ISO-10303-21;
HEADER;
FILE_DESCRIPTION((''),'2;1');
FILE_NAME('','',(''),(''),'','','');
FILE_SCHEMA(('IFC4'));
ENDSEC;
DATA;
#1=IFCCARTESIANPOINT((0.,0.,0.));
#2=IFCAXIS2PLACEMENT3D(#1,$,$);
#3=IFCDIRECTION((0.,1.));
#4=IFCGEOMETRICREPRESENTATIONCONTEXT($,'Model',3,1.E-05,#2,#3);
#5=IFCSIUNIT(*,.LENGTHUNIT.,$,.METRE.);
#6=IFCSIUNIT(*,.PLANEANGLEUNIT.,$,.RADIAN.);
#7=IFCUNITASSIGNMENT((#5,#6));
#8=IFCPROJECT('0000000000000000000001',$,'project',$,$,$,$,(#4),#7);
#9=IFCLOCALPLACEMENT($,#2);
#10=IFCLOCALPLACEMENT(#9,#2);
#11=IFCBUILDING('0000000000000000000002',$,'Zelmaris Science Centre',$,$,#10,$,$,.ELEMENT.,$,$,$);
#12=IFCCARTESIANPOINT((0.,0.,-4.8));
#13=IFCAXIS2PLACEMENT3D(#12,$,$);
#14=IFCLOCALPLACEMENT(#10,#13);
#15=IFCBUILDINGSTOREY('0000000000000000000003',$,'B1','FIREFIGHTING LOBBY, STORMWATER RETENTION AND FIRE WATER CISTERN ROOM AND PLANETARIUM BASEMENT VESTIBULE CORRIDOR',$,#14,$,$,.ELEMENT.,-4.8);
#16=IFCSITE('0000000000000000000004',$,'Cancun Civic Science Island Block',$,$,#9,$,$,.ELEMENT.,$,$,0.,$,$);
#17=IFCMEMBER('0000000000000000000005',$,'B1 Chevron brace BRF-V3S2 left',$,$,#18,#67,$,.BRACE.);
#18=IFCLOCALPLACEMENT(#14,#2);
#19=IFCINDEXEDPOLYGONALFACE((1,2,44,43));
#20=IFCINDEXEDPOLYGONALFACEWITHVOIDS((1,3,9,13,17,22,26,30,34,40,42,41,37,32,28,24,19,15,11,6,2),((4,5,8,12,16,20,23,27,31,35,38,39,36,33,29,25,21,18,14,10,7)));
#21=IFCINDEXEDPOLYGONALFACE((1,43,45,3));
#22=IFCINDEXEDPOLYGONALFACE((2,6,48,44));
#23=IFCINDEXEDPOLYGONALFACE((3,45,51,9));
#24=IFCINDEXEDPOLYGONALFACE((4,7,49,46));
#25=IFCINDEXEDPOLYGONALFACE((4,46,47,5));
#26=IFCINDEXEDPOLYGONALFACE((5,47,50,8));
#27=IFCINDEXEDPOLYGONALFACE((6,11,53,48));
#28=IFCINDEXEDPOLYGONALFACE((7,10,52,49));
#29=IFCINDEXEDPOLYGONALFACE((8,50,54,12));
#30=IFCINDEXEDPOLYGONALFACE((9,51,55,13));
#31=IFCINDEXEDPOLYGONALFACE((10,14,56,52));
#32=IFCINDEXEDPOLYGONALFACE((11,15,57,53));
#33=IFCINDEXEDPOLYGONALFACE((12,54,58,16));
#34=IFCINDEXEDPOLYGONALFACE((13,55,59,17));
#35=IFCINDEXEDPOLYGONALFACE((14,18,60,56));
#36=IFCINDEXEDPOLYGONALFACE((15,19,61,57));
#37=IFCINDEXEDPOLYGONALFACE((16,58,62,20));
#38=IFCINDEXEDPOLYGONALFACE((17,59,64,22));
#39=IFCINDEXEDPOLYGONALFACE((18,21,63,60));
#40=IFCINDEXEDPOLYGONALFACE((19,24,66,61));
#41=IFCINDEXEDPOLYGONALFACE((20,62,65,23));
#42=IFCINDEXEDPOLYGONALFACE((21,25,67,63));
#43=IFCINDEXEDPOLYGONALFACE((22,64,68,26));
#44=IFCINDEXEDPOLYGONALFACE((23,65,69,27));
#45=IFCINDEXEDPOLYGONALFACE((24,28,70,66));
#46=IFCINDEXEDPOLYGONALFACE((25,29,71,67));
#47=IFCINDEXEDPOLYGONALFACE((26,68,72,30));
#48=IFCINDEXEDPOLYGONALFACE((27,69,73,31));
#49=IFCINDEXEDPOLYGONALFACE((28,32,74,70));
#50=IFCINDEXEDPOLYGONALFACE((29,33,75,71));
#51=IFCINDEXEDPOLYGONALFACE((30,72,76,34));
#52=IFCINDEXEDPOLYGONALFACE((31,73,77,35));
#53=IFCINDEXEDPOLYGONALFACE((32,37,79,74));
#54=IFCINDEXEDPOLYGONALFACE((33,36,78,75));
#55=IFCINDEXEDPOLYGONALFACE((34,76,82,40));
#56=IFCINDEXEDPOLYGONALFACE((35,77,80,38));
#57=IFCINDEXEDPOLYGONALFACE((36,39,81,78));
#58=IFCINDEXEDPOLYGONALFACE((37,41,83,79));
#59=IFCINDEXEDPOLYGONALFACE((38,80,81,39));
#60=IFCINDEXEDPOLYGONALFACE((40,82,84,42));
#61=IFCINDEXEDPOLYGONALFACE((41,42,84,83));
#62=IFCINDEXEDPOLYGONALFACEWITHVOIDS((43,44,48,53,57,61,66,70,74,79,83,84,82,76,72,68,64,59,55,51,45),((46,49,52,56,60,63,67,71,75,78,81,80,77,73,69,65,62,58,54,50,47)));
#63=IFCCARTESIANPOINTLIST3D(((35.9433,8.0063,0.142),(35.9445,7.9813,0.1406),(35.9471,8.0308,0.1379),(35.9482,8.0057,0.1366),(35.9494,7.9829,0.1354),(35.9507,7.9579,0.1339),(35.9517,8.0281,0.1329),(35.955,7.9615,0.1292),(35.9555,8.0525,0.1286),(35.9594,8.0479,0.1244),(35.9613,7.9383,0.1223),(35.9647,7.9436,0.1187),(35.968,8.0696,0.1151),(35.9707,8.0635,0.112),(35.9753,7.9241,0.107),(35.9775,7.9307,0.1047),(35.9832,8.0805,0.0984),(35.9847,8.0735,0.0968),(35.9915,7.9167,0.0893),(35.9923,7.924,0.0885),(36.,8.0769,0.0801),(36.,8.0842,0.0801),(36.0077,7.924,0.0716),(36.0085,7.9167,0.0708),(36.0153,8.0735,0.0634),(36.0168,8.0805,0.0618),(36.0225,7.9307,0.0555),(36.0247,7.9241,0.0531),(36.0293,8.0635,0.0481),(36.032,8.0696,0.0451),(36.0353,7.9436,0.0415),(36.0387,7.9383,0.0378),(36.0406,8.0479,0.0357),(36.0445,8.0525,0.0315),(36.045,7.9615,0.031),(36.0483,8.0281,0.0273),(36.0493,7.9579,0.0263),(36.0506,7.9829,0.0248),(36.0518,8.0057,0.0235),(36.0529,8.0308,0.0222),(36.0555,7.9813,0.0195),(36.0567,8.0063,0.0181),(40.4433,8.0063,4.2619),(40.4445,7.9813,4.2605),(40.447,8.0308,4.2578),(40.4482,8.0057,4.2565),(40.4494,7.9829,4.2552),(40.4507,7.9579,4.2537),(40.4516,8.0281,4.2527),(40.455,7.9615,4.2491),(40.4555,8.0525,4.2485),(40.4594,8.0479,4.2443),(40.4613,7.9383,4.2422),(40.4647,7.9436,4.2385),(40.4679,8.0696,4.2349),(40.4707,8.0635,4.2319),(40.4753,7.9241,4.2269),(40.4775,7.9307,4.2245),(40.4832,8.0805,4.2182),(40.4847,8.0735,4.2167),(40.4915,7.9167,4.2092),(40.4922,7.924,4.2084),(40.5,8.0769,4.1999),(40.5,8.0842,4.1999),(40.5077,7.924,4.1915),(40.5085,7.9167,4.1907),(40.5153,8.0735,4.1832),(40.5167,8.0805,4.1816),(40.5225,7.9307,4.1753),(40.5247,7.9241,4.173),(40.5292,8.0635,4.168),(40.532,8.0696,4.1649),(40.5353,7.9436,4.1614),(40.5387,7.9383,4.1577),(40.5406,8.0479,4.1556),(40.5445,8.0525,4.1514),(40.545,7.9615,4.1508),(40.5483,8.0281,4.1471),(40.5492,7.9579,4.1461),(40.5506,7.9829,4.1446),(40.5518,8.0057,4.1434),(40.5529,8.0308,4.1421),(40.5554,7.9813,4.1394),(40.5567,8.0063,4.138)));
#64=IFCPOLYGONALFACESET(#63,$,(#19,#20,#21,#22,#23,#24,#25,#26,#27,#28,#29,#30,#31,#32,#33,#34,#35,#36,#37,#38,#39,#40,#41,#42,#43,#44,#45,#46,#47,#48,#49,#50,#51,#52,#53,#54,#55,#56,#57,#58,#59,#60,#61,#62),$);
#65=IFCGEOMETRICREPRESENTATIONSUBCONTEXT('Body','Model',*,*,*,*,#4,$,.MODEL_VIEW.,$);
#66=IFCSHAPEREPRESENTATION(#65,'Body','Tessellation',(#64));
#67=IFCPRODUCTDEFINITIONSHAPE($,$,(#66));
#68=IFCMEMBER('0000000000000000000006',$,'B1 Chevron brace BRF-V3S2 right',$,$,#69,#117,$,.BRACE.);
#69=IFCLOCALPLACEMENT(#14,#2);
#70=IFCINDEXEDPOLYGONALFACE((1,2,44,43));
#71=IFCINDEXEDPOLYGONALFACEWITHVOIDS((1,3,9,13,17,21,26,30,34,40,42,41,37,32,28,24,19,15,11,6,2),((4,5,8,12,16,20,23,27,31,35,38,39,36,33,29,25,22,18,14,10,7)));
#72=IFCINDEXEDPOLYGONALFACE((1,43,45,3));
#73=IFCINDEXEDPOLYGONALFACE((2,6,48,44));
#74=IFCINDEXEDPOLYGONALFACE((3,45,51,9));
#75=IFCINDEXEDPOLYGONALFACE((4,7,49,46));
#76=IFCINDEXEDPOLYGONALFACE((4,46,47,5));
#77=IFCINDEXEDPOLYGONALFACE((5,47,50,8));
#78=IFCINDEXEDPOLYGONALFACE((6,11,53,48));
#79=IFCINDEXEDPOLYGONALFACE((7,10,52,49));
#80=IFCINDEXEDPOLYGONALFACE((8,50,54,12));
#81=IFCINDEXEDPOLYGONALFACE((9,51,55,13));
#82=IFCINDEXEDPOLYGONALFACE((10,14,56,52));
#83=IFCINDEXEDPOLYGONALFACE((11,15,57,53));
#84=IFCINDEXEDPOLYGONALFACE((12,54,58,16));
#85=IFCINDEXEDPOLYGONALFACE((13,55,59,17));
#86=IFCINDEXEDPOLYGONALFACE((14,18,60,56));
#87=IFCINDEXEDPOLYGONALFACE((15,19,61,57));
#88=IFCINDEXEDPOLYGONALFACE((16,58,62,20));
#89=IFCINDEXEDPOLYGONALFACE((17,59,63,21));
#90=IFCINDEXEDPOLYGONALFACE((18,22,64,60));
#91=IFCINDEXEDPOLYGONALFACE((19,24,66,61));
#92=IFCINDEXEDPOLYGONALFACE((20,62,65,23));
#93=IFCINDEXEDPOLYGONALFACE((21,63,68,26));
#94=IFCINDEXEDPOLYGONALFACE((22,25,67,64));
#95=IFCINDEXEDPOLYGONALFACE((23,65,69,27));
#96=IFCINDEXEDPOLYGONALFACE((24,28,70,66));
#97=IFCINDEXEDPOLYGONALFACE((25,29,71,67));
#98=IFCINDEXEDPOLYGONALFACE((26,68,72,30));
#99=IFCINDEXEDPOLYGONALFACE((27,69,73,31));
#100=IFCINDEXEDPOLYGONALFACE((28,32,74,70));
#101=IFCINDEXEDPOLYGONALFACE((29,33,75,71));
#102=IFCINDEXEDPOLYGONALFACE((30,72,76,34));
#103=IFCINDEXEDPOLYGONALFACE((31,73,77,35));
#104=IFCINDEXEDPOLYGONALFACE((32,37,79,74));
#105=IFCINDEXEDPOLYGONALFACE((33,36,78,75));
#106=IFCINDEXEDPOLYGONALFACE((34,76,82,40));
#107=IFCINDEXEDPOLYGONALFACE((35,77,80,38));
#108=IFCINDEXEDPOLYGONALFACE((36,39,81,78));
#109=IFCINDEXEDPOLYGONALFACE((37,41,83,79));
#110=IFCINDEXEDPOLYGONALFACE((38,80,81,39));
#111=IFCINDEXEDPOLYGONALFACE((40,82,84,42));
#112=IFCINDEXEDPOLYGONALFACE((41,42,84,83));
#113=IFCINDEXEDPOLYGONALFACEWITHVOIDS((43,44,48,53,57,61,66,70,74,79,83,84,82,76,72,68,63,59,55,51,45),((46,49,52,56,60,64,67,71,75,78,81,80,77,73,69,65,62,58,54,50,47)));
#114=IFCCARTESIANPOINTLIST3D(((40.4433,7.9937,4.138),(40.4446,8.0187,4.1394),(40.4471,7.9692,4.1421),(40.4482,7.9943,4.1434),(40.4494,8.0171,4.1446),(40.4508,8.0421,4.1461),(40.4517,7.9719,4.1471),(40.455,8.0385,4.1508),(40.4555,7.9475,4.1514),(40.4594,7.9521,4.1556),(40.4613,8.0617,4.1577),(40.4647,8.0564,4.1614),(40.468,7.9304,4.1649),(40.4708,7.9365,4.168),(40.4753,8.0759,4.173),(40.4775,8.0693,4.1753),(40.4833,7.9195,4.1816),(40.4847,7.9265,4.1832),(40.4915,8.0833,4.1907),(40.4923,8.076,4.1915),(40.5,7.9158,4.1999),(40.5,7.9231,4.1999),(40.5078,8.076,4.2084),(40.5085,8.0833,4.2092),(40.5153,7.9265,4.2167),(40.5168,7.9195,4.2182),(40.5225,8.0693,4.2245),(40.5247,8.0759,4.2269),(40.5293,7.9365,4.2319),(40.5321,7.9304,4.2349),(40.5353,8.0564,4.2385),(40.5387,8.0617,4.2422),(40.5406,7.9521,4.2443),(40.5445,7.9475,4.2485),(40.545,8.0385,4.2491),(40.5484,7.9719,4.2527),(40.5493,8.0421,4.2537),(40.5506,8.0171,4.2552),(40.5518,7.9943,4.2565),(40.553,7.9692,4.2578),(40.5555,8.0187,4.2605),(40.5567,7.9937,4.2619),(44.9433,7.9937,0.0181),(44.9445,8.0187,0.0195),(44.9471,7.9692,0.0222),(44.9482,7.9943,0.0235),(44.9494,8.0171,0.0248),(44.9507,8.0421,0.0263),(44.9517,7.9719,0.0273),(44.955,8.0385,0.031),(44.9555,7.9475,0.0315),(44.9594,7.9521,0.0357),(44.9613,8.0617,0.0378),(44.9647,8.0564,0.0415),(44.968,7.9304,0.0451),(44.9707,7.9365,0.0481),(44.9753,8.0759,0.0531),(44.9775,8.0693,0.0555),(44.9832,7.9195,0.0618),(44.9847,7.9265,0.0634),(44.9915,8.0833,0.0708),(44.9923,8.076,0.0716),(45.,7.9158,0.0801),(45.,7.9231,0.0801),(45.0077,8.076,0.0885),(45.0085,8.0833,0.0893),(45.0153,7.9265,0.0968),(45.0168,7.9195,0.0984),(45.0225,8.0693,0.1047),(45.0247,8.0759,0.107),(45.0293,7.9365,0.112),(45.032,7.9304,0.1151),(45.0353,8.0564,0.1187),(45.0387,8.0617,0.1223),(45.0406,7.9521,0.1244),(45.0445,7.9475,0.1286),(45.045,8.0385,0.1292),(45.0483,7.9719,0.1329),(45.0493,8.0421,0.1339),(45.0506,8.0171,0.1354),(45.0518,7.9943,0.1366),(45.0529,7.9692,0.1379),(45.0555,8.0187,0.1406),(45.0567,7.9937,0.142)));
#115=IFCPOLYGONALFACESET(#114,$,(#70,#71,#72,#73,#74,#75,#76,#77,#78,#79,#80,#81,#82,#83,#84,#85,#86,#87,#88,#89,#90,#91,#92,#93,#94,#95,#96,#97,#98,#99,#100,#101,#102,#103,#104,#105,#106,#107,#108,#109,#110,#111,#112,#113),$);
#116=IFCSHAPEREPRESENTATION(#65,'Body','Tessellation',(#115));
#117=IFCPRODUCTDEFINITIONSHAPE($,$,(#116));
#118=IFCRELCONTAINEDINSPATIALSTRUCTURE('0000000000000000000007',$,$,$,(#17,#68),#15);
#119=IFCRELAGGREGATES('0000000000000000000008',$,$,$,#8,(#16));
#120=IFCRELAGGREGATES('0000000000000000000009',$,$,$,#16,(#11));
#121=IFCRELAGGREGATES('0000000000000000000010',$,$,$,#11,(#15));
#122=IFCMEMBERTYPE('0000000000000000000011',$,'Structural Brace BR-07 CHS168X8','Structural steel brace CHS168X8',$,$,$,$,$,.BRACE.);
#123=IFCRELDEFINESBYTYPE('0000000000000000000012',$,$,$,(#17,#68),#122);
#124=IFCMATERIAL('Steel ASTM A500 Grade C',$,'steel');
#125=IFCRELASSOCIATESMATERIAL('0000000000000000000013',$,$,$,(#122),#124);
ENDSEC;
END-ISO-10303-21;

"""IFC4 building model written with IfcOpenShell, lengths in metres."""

from ifc_helpers import new_model, si_unit, direction, frame, origin, origin_2d, place, context, subcontext, project, spatial, hollow_circle, extrude, material, material_profile, profile_set, type_object, element, save


model = new_model("IFC4")

# Units and contexts
model_context = context("Model", 3, precision=1e-05, world=origin(), true_north=direction((0.0, 1.0)))
body_context = subcontext(model_context, "Body", "Model", "MODEL_VIEW")
ifc_project = project(units=[si_unit("LENGTHUNIT", "METRE"), si_unit("PLANEANGLEUNIT", "RADIAN")], contexts=[model_context])

# Site, building, storey
site_placement = place(None, origin())
site = spatial("IfcSite", under=ifc_project, at=site_placement, Name="Cancun Civic Science Island Block", CompositionType="ELEMENT", RefElevation=0.0)
building_placement = place(site_placement, origin())
building = spatial("IfcBuilding", under=site, at=building_placement, Name="Zelmaris Science Centre", CompositionType="ELEMENT")
storey_placement = place(building_placement, frame((0.0, 0.0, -4.8)))
storey = spatial("IfcBuildingStorey", under=building, at=storey_placement, Name="B1", Description="FIREFIGHTING LOBBY, STORMWATER RETENTION AND FIRE WATER CISTERN ROOM AND PLANETARIUM BASEMENT VESTIBULE CORRIDOR", CompositionType="ELEMENT", Elevation=-4.8)

# Members
ifc_material_1 = material(Name="Steel ASTM A500 Grade C", Category="steel")
ifc_material_profile_1 = material_profile(ifc_material_1, hollow_circle(Radius=0.0842, WallThickness=0.0073, at=origin_2d()), Name="CHS168X8")
ifc_profile_set_1 = profile_set([ifc_material_profile_1], Name="Steel ASTM A500 Grade C")
member_type = type_object("IfcMemberType", Name="Structural Brace BR-07 CHS168X8", Description="Structural steel brace CHS168X8", PredefinedType="BRACE", material=ifc_profile_set_1)
for number, where, z_axis, x_axis, name in (
    (1, (36.0, 8.0, 0.0801), (0.737573, 0.0, 0.675268), (0.0, 1.0, 0.0), "B1 Chevron brace BRF-V3S2 left"),
    (2, (45.0, 8.0, 0.0801), (-0.737573, 0.0, 0.675268), (0.0, -1.0, 0.0), "B1 Chevron brace BRF-V3S2 right"),
):
    element("IfcMember", number, at=place(storey_placement, frame(where, z_axis=z_axis, x_axis=x_axis)), inside=storey, type_object=member_type, Name=name, PredefinedType="BRACE", context=body_context, shape_type="SweptSolid", body=[
        extrude(hollow_circle(Radius=0.0842, WallThickness=0.0073, at=origin_2d()), origin(), (0.0, 0.0, 1.0), 6.1011),
    ])

save(model, "model.ifc")
